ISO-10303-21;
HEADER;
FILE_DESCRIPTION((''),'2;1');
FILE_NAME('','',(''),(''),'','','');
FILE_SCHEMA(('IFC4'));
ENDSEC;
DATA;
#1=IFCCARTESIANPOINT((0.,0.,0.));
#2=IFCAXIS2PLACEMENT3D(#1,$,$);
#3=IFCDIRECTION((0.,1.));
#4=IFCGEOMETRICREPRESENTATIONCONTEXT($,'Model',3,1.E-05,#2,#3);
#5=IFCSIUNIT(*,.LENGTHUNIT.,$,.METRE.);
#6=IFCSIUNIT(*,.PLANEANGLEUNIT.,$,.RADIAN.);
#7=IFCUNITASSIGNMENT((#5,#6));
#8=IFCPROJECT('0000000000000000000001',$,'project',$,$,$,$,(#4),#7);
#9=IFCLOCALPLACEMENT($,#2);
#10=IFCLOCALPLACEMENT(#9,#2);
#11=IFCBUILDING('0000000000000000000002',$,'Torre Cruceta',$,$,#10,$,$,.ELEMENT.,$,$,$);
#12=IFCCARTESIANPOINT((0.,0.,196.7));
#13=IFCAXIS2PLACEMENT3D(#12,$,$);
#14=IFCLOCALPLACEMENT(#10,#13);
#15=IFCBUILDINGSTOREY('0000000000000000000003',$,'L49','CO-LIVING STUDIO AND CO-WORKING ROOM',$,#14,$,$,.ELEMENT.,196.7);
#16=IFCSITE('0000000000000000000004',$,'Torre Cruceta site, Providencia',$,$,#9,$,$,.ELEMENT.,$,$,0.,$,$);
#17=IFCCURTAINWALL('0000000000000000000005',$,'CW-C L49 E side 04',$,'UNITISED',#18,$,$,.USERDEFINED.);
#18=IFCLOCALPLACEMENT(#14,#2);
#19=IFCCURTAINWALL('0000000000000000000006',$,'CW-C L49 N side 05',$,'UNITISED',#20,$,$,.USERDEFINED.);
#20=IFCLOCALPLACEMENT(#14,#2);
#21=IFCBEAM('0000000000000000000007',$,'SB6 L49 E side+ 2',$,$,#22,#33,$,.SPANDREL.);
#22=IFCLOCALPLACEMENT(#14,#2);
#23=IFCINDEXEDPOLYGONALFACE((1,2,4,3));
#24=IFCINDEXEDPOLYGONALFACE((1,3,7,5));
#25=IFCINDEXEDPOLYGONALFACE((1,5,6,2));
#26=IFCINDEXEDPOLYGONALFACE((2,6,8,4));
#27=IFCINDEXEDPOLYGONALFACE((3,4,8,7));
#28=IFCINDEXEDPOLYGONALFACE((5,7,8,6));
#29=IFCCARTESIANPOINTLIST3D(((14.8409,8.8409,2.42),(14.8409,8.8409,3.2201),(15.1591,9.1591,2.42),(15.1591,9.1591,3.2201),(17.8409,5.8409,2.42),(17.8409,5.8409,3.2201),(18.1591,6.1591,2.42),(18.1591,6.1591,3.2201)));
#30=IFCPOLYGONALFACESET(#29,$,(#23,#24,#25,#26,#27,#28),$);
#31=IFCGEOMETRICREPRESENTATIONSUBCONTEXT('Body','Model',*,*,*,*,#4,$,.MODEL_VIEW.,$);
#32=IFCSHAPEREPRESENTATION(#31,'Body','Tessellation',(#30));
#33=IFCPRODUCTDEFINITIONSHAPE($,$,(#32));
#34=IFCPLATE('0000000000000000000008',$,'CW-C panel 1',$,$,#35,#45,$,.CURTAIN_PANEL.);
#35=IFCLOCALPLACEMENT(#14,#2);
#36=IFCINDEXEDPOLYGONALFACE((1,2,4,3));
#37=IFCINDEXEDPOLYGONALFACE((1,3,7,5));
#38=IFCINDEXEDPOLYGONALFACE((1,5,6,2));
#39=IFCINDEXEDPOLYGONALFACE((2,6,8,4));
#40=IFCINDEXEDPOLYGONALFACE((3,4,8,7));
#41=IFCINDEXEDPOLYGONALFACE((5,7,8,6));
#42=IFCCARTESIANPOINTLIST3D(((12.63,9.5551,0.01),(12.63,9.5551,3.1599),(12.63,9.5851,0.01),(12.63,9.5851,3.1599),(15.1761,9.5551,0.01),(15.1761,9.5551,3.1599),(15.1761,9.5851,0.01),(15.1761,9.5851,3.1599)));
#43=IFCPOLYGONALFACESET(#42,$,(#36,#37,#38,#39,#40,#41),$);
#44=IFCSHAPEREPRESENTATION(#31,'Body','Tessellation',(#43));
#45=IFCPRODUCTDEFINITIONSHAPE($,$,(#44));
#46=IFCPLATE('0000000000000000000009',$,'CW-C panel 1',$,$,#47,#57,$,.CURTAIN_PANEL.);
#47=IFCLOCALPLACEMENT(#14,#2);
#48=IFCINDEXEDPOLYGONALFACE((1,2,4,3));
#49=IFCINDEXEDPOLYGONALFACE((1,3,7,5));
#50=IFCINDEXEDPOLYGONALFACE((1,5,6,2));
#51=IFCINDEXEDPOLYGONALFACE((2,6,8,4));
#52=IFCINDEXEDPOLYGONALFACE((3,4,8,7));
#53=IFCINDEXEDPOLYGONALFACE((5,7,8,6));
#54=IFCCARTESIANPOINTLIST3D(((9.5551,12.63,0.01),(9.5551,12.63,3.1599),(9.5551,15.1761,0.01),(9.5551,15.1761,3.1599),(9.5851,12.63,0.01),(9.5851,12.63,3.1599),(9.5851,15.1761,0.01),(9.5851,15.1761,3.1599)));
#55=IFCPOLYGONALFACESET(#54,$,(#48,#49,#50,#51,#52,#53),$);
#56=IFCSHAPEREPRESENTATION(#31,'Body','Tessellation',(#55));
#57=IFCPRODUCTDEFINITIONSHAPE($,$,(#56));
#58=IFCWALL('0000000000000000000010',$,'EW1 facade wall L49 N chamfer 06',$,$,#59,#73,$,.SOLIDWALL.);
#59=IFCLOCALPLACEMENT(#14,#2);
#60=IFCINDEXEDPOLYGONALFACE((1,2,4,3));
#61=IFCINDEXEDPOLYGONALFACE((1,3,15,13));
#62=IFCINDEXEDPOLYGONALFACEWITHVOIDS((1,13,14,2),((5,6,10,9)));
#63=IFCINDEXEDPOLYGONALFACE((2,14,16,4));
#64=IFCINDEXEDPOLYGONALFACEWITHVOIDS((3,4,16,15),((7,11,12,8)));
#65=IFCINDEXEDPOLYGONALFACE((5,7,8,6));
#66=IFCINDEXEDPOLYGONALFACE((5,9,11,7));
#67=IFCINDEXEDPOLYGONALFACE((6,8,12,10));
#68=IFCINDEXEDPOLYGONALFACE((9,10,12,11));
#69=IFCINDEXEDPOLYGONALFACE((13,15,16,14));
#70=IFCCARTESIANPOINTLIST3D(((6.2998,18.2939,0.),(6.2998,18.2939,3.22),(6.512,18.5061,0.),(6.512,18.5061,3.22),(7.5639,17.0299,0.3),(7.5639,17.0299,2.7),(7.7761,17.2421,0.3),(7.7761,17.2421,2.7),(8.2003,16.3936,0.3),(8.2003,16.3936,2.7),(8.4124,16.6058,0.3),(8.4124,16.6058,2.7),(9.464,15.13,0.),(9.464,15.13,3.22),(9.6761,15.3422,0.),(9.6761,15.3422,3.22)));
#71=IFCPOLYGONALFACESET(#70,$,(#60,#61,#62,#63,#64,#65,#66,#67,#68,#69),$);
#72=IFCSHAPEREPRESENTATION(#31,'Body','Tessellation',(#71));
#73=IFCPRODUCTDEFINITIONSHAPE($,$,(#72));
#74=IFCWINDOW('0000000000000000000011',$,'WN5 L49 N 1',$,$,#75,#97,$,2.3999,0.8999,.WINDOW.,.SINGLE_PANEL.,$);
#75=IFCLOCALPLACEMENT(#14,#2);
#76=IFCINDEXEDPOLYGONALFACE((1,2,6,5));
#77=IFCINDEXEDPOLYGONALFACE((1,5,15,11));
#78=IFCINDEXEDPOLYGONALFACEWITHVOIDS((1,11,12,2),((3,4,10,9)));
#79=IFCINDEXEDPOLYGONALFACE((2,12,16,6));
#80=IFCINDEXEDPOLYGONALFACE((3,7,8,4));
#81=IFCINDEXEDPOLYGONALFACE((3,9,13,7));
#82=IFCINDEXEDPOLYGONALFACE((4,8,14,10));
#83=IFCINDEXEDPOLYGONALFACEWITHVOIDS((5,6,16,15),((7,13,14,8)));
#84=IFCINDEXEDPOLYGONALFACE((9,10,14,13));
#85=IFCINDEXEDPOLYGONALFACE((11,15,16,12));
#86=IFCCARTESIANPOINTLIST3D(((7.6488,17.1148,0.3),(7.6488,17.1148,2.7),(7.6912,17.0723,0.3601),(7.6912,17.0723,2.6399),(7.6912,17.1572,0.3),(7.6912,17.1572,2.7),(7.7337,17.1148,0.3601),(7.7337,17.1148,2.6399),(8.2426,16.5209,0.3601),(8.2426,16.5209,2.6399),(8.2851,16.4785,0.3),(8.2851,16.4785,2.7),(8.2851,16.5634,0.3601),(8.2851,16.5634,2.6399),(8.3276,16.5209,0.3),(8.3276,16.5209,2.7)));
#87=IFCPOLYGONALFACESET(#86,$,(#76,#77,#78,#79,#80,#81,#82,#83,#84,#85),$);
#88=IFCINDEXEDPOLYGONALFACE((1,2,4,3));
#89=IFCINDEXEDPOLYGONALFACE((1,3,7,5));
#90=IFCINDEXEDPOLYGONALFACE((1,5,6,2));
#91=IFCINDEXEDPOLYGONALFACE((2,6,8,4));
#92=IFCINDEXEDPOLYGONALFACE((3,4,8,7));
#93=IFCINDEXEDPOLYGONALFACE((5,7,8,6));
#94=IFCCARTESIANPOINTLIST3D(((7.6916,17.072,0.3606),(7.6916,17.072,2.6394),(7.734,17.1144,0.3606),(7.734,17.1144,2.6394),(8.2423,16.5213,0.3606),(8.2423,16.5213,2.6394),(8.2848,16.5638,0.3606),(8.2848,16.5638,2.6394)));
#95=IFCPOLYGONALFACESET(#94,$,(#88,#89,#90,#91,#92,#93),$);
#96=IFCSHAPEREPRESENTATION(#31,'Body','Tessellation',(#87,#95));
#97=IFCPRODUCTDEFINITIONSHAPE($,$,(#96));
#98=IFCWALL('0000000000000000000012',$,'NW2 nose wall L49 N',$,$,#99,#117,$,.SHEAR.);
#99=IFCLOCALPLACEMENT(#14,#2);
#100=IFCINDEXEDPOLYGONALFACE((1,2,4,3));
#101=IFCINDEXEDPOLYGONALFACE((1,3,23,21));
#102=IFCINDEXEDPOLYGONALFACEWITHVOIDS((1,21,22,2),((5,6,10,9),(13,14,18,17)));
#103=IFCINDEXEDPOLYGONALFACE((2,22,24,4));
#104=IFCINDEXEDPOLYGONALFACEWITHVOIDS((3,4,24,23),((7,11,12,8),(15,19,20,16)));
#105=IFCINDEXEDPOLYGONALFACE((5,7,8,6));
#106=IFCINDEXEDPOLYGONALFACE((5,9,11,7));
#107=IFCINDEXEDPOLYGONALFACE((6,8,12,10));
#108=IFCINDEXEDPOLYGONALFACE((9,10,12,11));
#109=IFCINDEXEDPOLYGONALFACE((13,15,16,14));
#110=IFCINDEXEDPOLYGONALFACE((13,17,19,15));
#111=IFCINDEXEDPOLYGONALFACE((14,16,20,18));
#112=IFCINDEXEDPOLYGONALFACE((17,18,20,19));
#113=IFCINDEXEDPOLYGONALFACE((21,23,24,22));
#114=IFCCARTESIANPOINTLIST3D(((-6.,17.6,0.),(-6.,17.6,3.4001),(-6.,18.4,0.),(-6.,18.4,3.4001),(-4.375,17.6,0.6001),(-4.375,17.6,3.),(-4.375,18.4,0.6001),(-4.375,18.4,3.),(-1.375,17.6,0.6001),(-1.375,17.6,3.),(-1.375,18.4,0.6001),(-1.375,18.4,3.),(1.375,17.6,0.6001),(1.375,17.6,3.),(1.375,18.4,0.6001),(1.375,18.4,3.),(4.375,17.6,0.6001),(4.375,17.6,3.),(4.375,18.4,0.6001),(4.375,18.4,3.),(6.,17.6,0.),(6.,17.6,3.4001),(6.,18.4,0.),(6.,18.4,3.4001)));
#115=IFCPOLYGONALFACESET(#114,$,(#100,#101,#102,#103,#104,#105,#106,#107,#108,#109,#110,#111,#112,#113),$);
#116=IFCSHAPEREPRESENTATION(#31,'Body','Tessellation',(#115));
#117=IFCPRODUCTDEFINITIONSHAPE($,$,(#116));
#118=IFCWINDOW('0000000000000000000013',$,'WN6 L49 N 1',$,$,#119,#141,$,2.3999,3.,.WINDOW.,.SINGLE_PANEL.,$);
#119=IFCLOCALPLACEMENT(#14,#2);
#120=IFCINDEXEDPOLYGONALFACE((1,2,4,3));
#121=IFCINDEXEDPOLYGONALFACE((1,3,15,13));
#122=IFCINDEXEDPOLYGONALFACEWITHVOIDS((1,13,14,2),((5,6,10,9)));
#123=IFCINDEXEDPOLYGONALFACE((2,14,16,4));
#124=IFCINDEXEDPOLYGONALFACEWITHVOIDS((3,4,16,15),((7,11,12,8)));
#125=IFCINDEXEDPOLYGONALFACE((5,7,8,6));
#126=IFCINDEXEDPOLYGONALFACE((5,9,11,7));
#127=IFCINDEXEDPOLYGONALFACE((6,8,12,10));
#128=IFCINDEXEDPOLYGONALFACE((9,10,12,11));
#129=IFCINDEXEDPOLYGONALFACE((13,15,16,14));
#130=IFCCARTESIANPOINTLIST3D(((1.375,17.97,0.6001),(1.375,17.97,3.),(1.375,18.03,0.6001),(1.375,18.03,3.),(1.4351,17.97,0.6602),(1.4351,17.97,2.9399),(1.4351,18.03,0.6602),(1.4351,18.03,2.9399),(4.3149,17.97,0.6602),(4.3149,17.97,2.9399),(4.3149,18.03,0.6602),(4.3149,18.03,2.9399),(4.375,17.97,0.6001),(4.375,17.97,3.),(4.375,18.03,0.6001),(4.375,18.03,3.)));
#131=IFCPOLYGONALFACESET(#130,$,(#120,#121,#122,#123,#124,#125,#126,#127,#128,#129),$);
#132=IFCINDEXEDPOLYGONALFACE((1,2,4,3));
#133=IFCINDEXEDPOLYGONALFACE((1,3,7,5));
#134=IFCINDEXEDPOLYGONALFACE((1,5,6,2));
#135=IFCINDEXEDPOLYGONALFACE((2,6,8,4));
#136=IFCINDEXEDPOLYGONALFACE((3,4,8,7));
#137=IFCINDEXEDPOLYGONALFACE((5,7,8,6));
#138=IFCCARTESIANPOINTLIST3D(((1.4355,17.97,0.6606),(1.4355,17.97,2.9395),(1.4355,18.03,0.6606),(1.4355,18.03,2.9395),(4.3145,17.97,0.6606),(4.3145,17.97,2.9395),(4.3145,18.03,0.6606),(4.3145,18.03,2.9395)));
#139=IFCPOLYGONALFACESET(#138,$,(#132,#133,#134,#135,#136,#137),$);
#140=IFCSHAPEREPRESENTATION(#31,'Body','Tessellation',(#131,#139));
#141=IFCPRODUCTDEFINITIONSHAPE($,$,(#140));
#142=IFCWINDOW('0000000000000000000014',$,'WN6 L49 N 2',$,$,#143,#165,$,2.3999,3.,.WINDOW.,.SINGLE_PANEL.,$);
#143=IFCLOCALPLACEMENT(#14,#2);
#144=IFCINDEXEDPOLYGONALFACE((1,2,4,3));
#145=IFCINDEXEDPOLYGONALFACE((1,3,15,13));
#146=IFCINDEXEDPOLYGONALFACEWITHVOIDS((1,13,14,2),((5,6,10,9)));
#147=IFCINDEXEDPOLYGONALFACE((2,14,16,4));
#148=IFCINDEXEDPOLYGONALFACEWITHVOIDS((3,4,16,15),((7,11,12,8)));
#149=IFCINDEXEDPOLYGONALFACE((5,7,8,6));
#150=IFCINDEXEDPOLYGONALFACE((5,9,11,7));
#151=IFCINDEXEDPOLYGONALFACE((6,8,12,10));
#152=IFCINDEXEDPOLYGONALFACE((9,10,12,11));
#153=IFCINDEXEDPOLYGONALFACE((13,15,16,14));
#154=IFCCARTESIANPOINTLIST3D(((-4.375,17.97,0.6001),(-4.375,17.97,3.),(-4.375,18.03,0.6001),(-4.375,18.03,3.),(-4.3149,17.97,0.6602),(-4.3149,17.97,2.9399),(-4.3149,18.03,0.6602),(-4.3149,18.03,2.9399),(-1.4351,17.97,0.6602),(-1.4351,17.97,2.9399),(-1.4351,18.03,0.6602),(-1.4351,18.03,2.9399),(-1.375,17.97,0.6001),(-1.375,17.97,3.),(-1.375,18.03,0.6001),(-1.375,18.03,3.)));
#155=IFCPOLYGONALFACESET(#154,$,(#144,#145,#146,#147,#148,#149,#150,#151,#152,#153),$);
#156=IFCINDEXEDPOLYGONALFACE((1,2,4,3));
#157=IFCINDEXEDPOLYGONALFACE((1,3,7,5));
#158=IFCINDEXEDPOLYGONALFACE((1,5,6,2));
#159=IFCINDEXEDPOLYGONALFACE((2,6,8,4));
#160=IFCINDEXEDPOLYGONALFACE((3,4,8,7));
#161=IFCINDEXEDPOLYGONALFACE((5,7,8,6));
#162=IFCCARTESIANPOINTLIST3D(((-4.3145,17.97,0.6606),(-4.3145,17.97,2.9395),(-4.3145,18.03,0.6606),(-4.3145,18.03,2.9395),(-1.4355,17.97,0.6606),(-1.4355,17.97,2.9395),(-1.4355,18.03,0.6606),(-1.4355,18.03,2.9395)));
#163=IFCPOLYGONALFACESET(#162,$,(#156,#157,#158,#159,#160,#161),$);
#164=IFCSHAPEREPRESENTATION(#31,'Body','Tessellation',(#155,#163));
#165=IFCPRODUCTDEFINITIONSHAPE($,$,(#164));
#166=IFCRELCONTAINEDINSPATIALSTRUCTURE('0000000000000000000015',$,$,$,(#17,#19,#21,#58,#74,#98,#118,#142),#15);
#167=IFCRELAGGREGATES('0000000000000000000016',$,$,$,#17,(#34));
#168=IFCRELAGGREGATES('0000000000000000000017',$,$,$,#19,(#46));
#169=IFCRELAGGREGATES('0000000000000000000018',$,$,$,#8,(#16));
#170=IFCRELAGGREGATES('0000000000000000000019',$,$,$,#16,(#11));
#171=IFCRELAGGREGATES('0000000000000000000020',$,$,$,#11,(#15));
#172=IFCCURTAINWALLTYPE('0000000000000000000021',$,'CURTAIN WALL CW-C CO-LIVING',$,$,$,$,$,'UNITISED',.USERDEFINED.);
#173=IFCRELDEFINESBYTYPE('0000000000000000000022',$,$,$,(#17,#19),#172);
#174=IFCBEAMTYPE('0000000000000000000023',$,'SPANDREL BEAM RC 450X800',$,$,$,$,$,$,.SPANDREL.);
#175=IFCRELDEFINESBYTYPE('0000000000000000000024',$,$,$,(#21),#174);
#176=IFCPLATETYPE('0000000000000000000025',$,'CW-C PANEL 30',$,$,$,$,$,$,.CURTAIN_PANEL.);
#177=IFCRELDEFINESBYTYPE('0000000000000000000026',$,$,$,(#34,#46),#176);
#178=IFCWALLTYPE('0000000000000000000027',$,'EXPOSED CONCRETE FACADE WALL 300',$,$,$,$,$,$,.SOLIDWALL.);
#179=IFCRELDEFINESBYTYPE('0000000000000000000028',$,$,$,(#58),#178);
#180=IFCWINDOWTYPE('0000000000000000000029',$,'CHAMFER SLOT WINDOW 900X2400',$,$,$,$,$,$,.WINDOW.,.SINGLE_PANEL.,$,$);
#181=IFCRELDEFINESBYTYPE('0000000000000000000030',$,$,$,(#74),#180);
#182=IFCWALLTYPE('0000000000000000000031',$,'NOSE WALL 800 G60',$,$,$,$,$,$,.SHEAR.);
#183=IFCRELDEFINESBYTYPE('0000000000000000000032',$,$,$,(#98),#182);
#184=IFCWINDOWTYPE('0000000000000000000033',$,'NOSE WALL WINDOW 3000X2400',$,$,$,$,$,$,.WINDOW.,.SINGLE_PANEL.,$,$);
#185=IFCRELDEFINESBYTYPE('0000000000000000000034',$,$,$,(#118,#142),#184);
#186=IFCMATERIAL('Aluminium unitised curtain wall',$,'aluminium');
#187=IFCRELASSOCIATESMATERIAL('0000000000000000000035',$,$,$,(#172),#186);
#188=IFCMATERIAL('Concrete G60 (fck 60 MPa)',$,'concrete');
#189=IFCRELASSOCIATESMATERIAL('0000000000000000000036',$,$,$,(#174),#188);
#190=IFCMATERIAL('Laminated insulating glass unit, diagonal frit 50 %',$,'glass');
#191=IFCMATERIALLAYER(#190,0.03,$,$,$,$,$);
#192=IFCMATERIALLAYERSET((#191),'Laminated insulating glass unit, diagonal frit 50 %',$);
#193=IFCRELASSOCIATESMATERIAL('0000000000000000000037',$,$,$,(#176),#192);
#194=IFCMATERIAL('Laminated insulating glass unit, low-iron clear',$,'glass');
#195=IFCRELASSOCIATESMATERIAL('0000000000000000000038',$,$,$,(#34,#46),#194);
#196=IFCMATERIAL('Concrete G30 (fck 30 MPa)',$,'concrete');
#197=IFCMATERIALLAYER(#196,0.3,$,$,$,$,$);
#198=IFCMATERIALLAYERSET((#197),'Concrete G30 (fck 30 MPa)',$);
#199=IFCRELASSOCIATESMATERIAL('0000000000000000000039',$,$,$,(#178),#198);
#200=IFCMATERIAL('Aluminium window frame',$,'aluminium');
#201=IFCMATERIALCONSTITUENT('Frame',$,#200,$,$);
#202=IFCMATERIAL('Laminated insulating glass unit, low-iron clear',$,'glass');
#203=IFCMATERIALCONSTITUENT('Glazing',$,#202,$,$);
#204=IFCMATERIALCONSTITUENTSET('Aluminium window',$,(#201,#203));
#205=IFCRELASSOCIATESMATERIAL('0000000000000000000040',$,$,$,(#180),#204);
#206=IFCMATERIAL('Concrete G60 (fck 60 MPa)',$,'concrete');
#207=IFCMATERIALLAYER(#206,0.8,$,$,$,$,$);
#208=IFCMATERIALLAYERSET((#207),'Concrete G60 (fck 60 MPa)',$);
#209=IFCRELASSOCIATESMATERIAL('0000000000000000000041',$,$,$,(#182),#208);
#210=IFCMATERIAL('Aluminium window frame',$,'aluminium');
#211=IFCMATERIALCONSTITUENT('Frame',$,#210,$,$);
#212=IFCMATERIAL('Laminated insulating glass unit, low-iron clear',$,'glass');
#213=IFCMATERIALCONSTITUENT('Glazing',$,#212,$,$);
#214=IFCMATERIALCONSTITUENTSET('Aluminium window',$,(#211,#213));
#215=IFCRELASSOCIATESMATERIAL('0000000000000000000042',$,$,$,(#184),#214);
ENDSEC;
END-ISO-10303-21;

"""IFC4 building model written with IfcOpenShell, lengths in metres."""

from ifc_helpers import new_model, si_unit, direction, frame, frame_2d, origin, origin_2d, place, context, subcontext, project, spatial, rectangle, hollow_rectangle, extrude, material, layer, layer_set, constituent, constituent_set, material_profile, profile_set, type_object, element, fill, aggregate, save


model = new_model("IFC4")

# Units and contexts
model_context = context("Model", 3, precision=1e-05, world=origin(), true_north=direction((0.0, 1.0)))
body_context = subcontext(model_context, "Body", "Model", "MODEL_VIEW")
ifc_project = project(units=[si_unit("LENGTHUNIT", "METRE"), si_unit("PLANEANGLEUNIT", "RADIAN")], contexts=[model_context])

# Site, building, storey
site_placement = place(None, origin())
site = spatial("IfcSite", under=ifc_project, at=site_placement, Name="Torre Cruceta site, Providencia", CompositionType="ELEMENT", RefElevation=0.0)
building_placement = place(site_placement, origin())
building = spatial("IfcBuilding", under=site, at=building_placement, Name="Torre Cruceta", CompositionType="ELEMENT")
storey_placement = place(building_placement, frame((0.0, 0.0, 196.7)))
storey = spatial("IfcBuildingStorey", under=building, at=storey_placement, Name="L49", Description="CO-LIVING STUDIO AND CO-WORKING ROOM", CompositionType="ELEMENT", Elevation=196.7)

# Curtain walls
ifc_material_1 = material(Name="Aluminium unitised curtain wall", Category="aluminium")
curtain_wall_type = type_object("IfcCurtainWallType", Name="CURTAIN WALL CW-C CO-LIVING", ElementType="UNITISED", PredefinedType="USERDEFINED", material=ifc_material_1)
curtain_wall_1_placement = place(storey_placement, origin())
curtain_wall_1 = element("IfcCurtainWall", 1, at=curtain_wall_1_placement, inside=storey, type_object=curtain_wall_type, Name="CW-C L49 E side 04", ObjectType="UNITISED", PredefinedType="USERDEFINED")
curtain_wall_2_placement = place(storey_placement, origin())
curtain_wall_2 = element("IfcCurtainWall", 2, at=curtain_wall_2_placement, inside=storey, type_object=curtain_wall_type, Name="CW-C L49 N side 05", ObjectType="UNITISED", PredefinedType="USERDEFINED")

# Beam
ifc_material_2 = material(Name="Concrete G60 (fck 60 MPa)", Category="concrete")
ifc_material_profile_1 = material_profile(ifc_material_2, rectangle(XDim=0.45, YDim=0.8, at=origin_2d()), Name="RC 450X800")
ifc_profile_set_1 = profile_set([ifc_material_profile_1], Name="Concrete G60 (fck 60 MPa)")
beam_type_1 = type_object("IfcBeamType", Name="SPANDREL BEAM RC 450X800", PredefinedType="SPANDREL", material=ifc_profile_set_1)
for number, where, z_axis, x_axis, name in (
    (3, (15.0, 9.0, 2.8201), (0.707107, -0.707107, 0.0), (0.707107, 0.707107, 0.0), "SB6 L49 E side+ 2"),
):
    element("IfcBeam", number, at=place(storey_placement, frame(where, z_axis=z_axis, x_axis=x_axis)), inside=storey, type_object=beam_type_1, Name=name, PredefinedType="SPANDREL", context=body_context, shape_type="SweptSolid", body=[
        extrude(rectangle(XDim=0.45, YDim=0.8, at=origin_2d()), origin(), (0.0, 0.0, 1.0), 4.2427),
    ])

# Plates
ifc_material_3 = material(Name="Laminated insulating glass unit, low-iron clear", Category="glass")
ifc_material_4 = material(Name="Laminated insulating glass unit, diagonal frit 50 %", Category="glass")
ifc_layer_1 = layer(ifc_material_4, 0.03)
ifc_layer_set_1 = layer_set([ifc_layer_1], Name="Laminated insulating glass unit, diagonal frit 50 %")
plate_type = type_object("IfcPlateType", Name="CW-C PANEL 30", PredefinedType="CURTAIN_PANEL", material=ifc_layer_set_1)
plate_1_placement = place(storey_placement, frame((13.9031, 9.5701, 0.01), z_axis=(0.0, 0.0, 1.0), x_axis=(-1.0, 0.0, 0.0)))
plate_1 = element("IfcPlate", 4, at=plate_1_placement, type_object=plate_type, material=ifc_material_3, Name="CW-C panel 1", PredefinedType="CURTAIN_PANEL", context=body_context, shape_type="SweptSolid", body=[
    extrude(rectangle(XDim=2.5461, YDim=0.03, at=origin_2d()), origin(), (0.0, 0.0, 1.0), 3.1499),
])
aggregate(curtain_wall_1, [plate_1])
plate_2_placement = place(storey_placement, frame((9.5701, 13.9031, 0.01), z_axis=(0.0, 0.0, 1.0), x_axis=(0.0, 1.0, 0.0)))
plate_2 = element("IfcPlate", 5, at=plate_2_placement, type_object=plate_type, material=ifc_material_3, Name="CW-C panel 1", PredefinedType="CURTAIN_PANEL", context=body_context, shape_type="SweptSolid", body=[
    extrude(rectangle(XDim=2.5461, YDim=0.03, at=origin_2d()), origin(), (0.0, 0.0, 1.0), 3.1499),
])
aggregate(curtain_wall_2, [plate_2])

# Wall, opening, window
ifc_material_5 = material(Name="Concrete G30 (fck 30 MPa)", Category="concrete")
ifc_layer_2 = layer(ifc_material_5, 0.3)
ifc_layer_set_2 = layer_set([ifc_layer_2], Name="Concrete G30 (fck 30 MPa)")
wall_type_1 = type_object("IfcWallType", Name="EXPOSED CONCRETE FACADE WALL 300", PredefinedType="SOLIDWALL", material=ifc_layer_set_2)
wall_1_placement = place(storey_placement, frame((9.5701, 15.2361, 0.0), z_axis=(0.0, 0.0, 1.0), x_axis=(-0.707134, 0.707079, 0.0)))
wall_1 = element("IfcWall", 6, at=wall_1_placement, inside=storey, type_object=wall_type_1, Name="EW1 facade wall L49 N chamfer 06", PredefinedType="SOLIDWALL", context=body_context, shape_type="SweptSolid", body=[
    extrude(rectangle(XDim=4.4746, YDim=0.3, at=frame_2d((2.2373, 0.0))), origin(), (0.0, 0.0, 1.0), 3.22),
])
opening_1_placement = place(wall_1_placement, frame((1.7871, 0.0, 0.3)))
opening_1 = element("IfcOpeningElement", 7, at=opening_1_placement, cuts=wall_1, PredefinedType="OPENING", context=body_context, shape_type="SweptSolid", body=[
    extrude(rectangle(XDim=0.8999, YDim=2.3999, at=frame_2d((0.45, 1.2))), frame((0.0, 0.1599, 0.0), z_axis=(0.0, -1.0, 0.0), x_axis=(1.0, 0.0, 0.0)), (0.0, 0.0, 1.0), 0.3201),
])
ifc_material_6 = material(Name="Aluminium window frame", Category="aluminium")
ifc_constituent_1 = constituent(ifc_material_6, Name="Frame")
ifc_material_7 = material(Name="Laminated insulating glass unit, low-iron clear", Category="glass")
ifc_constituent_2 = constituent(ifc_material_7, Name="Glazing")
ifc_constituent_set_1 = constituent_set(constituents=[ifc_constituent_1, ifc_constituent_2], Name="Aluminium window")
window_type_1 = type_object("IfcWindowType", Name="CHAMFER SLOT WINDOW 900X2400", PartitioningType="SINGLE_PANEL", PredefinedType="WINDOW", material=ifc_constituent_set_1)
window_1_placement = place(opening_1_placement, origin())
window_1 = element("IfcWindow", 8, at=window_1_placement, inside=storey, type_object=window_type_1, Name="WN5 L49 N 1", OverallHeight=2.3999, OverallWidth=0.8999, PartitioningType="SINGLE_PANEL", PredefinedType="WINDOW", context=body_context, shape_type="SweptSolid", body=[
    extrude(hollow_rectangle(XDim=0.8999, YDim=2.3999, WallThickness=0.0601, at=frame_2d((0.45, 1.2))), frame((0.0, 0.03, 0.0), z_axis=(0.0, -1.0, 0.0), x_axis=(1.0, 0.0, 0.0)), (0.0, 0.0, 1.0), 0.0601),
    extrude(rectangle(XDim=0.7788, YDim=2.2788, at=frame_2d((0.45, 1.2))), frame((0.0, 0.03, 0.0), z_axis=(0.0, -1.0, 0.0), x_axis=(1.0, 0.0, 0.0)), (0.0, 0.0, 1.0), 0.0601),
])
fill(opening_1, window_1)

# Wall, openings, windows
ifc_material_8 = material(Name="Concrete G60 (fck 60 MPa)", Category="concrete")
ifc_layer_3 = layer(ifc_material_8, 0.8)
ifc_layer_set_3 = layer_set([ifc_layer_3], Name="Concrete G60 (fck 60 MPa)")
wall_type_2 = type_object("IfcWallType", Name="NOSE WALL 800 G60", PredefinedType="SHEAR", material=ifc_layer_set_3)
wall_2_placement = place(storey_placement, frame((6.0, 18.0, 0.0), z_axis=(0.0, 0.0, 1.0), x_axis=(-1.0, 0.0, 0.0)))
wall_2 = element("IfcWall", 9, at=wall_2_placement, inside=storey, type_object=wall_type_2, Name="NW2 nose wall L49 N", PredefinedType="SHEAR", context=body_context, shape_type="SweptSolid", body=[
    extrude(rectangle(XDim=12.0, YDim=0.8, at=frame_2d((6.0, 0.0))), origin(), (0.0, 0.0, 1.0), 3.4001),
])
opening_2_placement = place(wall_2_placement, frame((1.625, 0.0, 0.6001)))
opening_2 = element("IfcOpeningElement", 10, at=opening_2_placement, cuts=wall_2, PredefinedType="OPENING", context=body_context, shape_type="SweptSolid", body=[
    extrude(rectangle(XDim=3.0, YDim=2.3999, at=frame_2d((1.5, 1.2))), frame((0.0, 0.4099, 0.0), z_axis=(0.0, -1.0, 0.0), x_axis=(1.0, 0.0, 0.0)), (0.0, 0.0, 1.0), 0.8201),
])
opening_3_placement = place(wall_2_placement, frame((7.375, 0.0, 0.6001)))
opening_3 = element("IfcOpeningElement", 11, at=opening_3_placement, cuts=wall_2, PredefinedType="OPENING", context=body_context, shape_type="SweptSolid", body=[
    extrude(rectangle(XDim=3.0, YDim=2.3999, at=frame_2d((1.5, 1.2))), frame((0.0, 0.4099, 0.0), z_axis=(0.0, -1.0, 0.0), x_axis=(1.0, 0.0, 0.0)), (0.0, 0.0, 1.0), 0.8201),
])
ifc_material_9 = material(Name="Aluminium window frame", Category="aluminium")
ifc_constituent_3 = constituent(ifc_material_9, Name="Frame")
ifc_material_10 = material(Name="Laminated insulating glass unit, low-iron clear", Category="glass")
ifc_constituent_4 = constituent(ifc_material_10, Name="Glazing")
ifc_constituent_set_2 = constituent_set(constituents=[ifc_constituent_3, ifc_constituent_4], Name="Aluminium window")
window_type_2 = type_object("IfcWindowType", Name="NOSE WALL WINDOW 3000X2400", PartitioningType="SINGLE_PANEL", PredefinedType="WINDOW", material=ifc_constituent_set_2)
window_2_placement = place(opening_2_placement, origin())
window_2 = element("IfcWindow", 12, at=window_2_placement, inside=storey, type_object=window_type_2, Name="WN6 L49 N 1", OverallHeight=2.3999, OverallWidth=3.0, PartitioningType="SINGLE_PANEL", PredefinedType="WINDOW", context=body_context, shape_type="SweptSolid", body=[
    extrude(hollow_rectangle(XDim=3.0, YDim=2.3999, WallThickness=0.0601, at=frame_2d((1.5, 1.2))), frame((0.0, 0.03, 0.0), z_axis=(0.0, -1.0, 0.0), x_axis=(1.0, 0.0, 0.0)), (0.0, 0.0, 1.0), 0.0601),
    extrude(rectangle(XDim=2.8789, YDim=2.2788, at=frame_2d((1.5, 1.2))), frame((0.0, 0.03, 0.0), z_axis=(0.0, -1.0, 0.0), x_axis=(1.0, 0.0, 0.0)), (0.0, 0.0, 1.0), 0.0601),
])
fill(opening_2, window_2)
window_3_placement = place(opening_3_placement, origin())
window_3 = element("IfcWindow", 13, at=window_3_placement, inside=storey, type_object=window_type_2, Name="WN6 L49 N 2", OverallHeight=2.3999, OverallWidth=3.0, PartitioningType="SINGLE_PANEL", PredefinedType="WINDOW", context=body_context, shape_type="SweptSolid", body=[
    extrude(hollow_rectangle(XDim=3.0, YDim=2.3999, WallThickness=0.0601, at=frame_2d((1.5, 1.2))), frame((0.0, 0.03, 0.0), z_axis=(0.0, -1.0, 0.0), x_axis=(1.0, 0.0, 0.0)), (0.0, 0.0, 1.0), 0.0601),
    extrude(rectangle(XDim=2.8789, YDim=2.2788, at=frame_2d((1.5, 1.2))), frame((0.0, 0.03, 0.0), z_axis=(0.0, -1.0, 0.0), x_axis=(1.0, 0.0, 0.0)), (0.0, 0.0, 1.0), 0.0601),
])
fill(opening_3, window_3)

save(model, "model.ifc")
